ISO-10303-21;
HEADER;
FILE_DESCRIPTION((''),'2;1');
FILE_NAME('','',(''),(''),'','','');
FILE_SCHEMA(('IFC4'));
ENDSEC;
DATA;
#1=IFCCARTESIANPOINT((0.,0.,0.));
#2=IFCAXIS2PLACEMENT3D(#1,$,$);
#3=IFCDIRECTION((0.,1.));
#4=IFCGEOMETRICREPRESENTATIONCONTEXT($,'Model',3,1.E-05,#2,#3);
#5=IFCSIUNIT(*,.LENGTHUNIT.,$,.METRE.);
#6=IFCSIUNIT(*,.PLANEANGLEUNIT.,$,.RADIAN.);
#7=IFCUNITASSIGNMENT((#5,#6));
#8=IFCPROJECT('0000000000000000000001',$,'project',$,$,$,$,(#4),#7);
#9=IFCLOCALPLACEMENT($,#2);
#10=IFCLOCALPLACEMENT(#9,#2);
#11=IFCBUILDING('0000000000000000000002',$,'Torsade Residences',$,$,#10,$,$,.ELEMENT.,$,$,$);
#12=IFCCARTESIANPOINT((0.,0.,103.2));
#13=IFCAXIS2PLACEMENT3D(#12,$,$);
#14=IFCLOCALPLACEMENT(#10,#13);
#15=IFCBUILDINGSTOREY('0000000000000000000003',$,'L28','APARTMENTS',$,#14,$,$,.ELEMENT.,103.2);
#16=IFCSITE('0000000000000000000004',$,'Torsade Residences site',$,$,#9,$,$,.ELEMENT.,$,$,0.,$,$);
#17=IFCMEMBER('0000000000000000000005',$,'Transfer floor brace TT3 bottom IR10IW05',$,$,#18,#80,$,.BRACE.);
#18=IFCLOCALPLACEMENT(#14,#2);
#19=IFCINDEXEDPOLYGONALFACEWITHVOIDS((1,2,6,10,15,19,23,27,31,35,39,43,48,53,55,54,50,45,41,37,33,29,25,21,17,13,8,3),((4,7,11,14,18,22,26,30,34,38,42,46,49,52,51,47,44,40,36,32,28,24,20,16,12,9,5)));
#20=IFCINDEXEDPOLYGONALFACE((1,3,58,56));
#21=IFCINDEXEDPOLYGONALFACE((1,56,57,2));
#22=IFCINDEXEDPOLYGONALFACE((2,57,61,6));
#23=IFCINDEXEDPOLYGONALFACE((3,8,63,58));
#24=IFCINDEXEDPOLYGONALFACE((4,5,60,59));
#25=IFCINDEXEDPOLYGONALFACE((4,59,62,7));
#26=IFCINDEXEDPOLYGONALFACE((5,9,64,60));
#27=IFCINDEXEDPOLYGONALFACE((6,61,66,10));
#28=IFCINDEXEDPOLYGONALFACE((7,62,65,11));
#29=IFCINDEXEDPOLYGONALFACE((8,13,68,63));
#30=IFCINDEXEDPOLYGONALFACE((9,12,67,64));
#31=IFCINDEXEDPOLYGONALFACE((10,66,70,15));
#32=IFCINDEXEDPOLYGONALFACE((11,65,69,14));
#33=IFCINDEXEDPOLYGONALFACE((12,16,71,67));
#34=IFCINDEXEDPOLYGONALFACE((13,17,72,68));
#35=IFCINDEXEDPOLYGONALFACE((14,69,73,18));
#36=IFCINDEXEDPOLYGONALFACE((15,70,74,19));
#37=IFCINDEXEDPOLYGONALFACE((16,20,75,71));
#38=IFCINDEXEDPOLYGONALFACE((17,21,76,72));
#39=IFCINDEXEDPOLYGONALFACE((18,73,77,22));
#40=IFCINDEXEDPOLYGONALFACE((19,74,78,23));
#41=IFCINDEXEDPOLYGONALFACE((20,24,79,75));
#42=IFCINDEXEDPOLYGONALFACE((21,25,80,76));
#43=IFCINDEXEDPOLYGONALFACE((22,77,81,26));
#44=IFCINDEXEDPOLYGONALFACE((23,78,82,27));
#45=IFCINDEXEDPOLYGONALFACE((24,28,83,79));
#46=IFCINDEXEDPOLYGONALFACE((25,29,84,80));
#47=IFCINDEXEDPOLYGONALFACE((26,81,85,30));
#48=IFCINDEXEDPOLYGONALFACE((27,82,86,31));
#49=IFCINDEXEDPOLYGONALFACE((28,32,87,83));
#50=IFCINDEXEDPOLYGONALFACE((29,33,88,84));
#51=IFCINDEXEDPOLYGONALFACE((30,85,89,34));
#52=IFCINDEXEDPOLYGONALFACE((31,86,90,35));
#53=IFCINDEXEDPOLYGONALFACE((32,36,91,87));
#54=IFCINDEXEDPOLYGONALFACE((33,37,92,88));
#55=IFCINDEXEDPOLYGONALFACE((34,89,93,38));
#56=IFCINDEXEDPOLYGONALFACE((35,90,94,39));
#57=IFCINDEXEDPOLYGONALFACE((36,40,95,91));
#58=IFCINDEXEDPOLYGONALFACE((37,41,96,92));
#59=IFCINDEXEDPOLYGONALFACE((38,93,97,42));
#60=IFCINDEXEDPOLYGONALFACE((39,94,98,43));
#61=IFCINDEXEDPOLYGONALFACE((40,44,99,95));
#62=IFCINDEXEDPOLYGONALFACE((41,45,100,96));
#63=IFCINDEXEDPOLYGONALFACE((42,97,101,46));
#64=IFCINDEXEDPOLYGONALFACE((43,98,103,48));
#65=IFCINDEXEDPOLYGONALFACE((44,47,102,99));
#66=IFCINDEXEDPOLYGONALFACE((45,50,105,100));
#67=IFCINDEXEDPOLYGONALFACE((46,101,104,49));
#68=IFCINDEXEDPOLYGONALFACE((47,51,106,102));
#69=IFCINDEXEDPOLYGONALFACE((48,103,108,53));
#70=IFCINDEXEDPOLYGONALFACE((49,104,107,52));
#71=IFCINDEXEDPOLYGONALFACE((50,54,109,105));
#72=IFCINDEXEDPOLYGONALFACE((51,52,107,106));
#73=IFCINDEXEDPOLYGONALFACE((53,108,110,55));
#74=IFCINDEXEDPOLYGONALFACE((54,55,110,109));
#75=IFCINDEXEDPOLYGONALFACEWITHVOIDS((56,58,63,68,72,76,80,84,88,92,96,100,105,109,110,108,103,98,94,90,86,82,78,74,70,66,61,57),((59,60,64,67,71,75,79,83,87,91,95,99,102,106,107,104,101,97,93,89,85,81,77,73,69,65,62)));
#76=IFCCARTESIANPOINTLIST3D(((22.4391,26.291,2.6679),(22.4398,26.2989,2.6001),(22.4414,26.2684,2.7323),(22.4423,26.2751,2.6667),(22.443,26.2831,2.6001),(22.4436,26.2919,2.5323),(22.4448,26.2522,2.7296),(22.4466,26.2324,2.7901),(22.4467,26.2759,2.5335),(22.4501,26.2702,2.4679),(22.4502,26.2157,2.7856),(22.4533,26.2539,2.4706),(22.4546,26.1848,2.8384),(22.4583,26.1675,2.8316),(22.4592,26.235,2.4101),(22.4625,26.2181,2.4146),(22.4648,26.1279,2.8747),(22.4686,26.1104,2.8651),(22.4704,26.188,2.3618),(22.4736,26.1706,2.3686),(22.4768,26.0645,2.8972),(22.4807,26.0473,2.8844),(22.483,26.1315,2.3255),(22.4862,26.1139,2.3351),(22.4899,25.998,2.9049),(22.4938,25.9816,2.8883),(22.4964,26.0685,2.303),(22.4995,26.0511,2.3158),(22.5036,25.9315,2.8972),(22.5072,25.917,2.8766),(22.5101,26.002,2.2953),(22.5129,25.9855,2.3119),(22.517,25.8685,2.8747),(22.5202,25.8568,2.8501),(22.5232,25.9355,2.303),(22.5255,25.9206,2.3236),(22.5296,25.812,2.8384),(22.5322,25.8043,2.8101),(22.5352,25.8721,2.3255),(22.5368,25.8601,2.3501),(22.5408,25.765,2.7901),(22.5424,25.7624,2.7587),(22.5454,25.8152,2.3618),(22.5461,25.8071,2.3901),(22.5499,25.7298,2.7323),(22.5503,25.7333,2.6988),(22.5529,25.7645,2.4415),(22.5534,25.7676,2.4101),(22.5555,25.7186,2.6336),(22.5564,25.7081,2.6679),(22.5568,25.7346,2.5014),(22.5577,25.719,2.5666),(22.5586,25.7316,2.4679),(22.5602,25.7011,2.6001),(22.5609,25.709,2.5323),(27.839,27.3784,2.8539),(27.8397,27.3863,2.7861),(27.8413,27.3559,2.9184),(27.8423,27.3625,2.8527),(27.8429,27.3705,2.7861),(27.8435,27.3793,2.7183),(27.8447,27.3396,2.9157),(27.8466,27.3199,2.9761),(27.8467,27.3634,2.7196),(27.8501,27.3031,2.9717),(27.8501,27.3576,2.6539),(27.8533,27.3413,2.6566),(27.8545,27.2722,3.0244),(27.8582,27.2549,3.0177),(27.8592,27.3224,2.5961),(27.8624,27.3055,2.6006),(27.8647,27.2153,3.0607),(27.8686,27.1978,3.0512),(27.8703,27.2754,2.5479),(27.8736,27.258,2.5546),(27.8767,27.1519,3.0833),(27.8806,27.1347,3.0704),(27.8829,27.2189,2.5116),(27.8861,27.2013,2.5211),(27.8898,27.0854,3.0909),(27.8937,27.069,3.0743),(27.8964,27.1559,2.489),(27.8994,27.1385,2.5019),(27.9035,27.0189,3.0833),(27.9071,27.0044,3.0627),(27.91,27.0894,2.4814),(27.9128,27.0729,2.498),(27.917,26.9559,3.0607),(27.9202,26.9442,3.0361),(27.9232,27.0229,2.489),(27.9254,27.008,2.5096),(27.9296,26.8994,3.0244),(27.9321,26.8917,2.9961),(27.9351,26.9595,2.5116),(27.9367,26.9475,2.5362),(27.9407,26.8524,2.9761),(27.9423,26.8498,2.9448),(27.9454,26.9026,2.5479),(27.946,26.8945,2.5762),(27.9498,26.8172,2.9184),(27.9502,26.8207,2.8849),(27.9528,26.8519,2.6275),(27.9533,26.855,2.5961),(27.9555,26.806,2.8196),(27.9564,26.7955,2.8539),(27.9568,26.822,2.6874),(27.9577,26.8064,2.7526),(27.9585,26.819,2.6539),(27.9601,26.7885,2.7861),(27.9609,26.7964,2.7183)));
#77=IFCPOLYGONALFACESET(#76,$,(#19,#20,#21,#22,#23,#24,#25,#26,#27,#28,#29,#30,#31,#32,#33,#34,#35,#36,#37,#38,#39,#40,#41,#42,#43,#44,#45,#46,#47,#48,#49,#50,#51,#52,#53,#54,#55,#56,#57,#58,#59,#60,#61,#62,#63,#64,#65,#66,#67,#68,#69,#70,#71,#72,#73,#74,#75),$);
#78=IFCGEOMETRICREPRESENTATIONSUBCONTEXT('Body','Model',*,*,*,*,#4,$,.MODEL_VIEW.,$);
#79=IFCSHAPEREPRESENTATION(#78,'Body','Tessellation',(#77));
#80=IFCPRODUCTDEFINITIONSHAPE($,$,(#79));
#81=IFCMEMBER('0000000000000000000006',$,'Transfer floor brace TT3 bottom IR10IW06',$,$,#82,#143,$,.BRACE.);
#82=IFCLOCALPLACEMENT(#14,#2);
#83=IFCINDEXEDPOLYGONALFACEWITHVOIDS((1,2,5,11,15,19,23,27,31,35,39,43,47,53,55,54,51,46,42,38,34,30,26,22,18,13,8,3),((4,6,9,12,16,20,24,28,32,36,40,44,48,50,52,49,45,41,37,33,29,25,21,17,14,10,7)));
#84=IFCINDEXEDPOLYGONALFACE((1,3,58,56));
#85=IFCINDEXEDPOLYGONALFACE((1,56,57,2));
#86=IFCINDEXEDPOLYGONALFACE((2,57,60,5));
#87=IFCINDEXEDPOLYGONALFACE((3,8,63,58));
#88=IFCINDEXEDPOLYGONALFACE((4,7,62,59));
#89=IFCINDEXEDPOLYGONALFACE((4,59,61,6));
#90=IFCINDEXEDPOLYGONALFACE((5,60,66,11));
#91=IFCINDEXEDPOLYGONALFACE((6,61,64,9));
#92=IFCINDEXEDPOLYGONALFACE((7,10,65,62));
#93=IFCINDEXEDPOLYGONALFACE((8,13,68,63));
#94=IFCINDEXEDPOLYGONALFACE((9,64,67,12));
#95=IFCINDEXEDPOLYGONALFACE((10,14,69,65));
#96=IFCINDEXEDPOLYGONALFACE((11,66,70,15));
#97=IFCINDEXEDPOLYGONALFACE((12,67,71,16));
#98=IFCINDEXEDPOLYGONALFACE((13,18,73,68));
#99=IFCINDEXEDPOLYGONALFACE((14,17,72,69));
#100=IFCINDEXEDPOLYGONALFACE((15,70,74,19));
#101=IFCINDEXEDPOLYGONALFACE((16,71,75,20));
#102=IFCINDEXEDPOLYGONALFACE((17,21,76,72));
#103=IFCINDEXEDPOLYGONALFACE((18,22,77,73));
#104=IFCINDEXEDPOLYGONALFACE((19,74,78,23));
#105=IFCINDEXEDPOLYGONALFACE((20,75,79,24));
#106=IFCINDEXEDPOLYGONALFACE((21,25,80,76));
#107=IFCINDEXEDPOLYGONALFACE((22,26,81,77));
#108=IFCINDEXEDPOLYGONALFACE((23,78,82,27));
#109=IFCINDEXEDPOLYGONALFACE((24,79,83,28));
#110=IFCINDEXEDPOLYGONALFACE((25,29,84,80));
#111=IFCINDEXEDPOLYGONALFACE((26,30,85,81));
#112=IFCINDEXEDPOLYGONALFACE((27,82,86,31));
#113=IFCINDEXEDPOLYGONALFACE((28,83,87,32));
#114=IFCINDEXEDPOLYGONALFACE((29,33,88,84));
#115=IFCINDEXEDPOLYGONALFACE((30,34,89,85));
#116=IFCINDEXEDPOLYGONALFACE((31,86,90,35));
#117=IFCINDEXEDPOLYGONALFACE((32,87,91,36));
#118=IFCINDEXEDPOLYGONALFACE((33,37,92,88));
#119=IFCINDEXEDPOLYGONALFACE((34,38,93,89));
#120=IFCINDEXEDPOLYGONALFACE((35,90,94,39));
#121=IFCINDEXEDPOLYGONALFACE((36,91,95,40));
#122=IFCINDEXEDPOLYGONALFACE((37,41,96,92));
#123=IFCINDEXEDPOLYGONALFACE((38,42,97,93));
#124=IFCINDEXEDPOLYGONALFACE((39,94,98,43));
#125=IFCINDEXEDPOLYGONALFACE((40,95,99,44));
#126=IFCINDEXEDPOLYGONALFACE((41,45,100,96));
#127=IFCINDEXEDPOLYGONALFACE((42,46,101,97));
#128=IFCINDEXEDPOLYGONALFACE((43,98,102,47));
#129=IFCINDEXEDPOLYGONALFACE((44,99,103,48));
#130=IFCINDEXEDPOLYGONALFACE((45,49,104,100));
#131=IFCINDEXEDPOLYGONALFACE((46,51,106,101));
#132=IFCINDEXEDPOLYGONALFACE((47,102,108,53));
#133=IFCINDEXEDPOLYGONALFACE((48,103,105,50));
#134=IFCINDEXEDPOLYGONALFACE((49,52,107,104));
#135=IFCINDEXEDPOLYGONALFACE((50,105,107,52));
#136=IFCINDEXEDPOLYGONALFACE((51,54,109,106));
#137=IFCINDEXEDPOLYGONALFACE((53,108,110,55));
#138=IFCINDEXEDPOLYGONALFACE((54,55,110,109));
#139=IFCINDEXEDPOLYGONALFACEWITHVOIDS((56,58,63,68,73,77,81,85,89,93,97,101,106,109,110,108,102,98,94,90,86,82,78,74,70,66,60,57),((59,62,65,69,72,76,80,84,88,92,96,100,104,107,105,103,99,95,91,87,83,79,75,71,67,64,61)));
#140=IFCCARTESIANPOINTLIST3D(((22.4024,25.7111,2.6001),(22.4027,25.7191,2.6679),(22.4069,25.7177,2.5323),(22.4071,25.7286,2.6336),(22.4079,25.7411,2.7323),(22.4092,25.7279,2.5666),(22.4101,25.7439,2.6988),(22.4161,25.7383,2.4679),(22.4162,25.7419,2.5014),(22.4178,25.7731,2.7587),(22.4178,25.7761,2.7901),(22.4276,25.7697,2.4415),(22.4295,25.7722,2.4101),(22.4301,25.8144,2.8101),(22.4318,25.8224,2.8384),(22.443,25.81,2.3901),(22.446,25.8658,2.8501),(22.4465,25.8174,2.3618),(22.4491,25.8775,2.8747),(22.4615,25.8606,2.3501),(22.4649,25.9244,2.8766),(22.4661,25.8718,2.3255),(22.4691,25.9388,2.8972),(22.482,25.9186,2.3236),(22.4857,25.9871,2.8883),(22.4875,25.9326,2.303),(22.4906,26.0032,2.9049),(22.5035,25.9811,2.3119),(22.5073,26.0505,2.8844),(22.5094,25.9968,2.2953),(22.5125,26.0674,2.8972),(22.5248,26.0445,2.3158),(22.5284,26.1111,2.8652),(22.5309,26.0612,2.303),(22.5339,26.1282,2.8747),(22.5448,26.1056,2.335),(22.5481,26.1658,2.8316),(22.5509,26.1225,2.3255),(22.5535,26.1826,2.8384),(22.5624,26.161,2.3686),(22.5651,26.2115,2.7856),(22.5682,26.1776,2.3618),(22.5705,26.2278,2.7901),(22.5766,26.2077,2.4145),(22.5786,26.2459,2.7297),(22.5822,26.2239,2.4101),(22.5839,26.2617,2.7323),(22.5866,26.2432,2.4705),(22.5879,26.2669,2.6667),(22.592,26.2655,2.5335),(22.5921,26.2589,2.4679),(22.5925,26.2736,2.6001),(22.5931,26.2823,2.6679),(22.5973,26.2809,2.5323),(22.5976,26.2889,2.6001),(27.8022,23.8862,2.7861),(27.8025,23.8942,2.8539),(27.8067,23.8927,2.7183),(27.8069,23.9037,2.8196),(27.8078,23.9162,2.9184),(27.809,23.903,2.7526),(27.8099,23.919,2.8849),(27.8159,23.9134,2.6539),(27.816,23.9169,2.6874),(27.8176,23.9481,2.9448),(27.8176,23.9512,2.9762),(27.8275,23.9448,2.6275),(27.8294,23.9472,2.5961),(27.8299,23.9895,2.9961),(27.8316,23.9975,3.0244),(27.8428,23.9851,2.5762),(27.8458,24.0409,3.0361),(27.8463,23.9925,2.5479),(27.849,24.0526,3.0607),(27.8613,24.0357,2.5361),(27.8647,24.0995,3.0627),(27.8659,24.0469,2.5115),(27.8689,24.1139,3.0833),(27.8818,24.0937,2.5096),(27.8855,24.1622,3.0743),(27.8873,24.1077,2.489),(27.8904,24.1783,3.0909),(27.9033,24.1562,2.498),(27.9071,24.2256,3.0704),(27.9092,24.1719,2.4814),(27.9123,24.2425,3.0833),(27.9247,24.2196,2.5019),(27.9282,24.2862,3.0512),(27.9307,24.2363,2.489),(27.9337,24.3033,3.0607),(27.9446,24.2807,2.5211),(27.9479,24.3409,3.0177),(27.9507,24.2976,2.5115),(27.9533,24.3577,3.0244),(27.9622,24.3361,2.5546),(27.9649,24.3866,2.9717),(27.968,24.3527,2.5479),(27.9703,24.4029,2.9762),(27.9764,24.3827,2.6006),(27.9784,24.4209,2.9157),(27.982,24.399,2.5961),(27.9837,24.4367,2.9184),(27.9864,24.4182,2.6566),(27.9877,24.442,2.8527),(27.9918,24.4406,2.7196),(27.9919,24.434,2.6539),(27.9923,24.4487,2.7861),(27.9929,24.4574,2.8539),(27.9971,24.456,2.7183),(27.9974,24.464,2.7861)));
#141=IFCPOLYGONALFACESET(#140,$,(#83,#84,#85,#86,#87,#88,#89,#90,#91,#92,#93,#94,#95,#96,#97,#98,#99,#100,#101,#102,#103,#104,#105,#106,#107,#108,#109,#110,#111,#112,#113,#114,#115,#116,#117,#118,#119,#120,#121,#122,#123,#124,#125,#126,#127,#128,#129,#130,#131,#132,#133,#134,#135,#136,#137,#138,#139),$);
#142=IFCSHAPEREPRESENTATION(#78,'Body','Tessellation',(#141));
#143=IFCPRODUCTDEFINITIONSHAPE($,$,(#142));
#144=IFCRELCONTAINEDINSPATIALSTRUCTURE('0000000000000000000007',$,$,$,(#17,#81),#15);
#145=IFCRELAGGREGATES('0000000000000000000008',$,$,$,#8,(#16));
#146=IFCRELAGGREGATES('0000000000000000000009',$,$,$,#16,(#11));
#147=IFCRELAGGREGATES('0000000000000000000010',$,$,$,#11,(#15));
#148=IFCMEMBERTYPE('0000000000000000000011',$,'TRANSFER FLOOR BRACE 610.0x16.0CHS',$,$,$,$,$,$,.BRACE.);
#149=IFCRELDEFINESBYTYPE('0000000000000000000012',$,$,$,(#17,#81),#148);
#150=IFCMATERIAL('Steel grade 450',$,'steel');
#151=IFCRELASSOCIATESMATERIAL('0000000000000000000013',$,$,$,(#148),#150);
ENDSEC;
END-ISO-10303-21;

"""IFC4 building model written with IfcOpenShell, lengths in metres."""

from ifc_helpers import new_model, si_unit, direction, frame, origin, origin_2d, place, context, subcontext, project, spatial, hollow_circle, extrude, material, material_profile, profile_set, type_object, element, save


model = new_model("IFC4")

# Units and contexts
model_context = context("Model", 3, precision=1e-05, world=origin(), true_north=direction((0.0, 1.0)))
body_context = subcontext(model_context, "Body", "Model", "MODEL_VIEW")
ifc_project = project(units=[si_unit("LENGTHUNIT", "METRE"), si_unit("PLANEANGLEUNIT", "RADIAN")], contexts=[model_context])

# Site, building, storey
site_placement = place(None, origin())
site = spatial("IfcSite", under=ifc_project, at=site_placement, Name="Torsade Residences site", CompositionType="ELEMENT", RefElevation=0.0)
building_placement = place(site_placement, origin())
building = spatial("IfcBuilding", under=site, at=building_placement, Name="Torsade Residences", CompositionType="ELEMENT")
storey_placement = place(building_placement, frame((0.0, 0.0, 103.2)))
storey = spatial("IfcBuildingStorey", under=building, at=storey_placement, Name="L28", Description="APARTMENTS", CompositionType="ELEMENT", Elevation=103.2)

# Members
ifc_material_1 = material(Name="Steel grade 450", Category="steel")
ifc_material_profile_1 = material_profile(ifc_material_1, hollow_circle(Radius=0.3049, WallThickness=0.0161, at=origin_2d()), Name="610.0x16.0CHS")
ifc_profile_set_1 = profile_set([ifc_material_profile_1], Name="Steel grade 450")
member_type_1 = type_object("IfcMemberType", Name="TRANSFER FLOOR BRACE 610.0x16.0CHS", PredefinedType="BRACE", material=ifc_profile_set_1)
member_1_placement = place(storey_placement, frame((22.5, 26.0, 2.6001), z_axis=(0.979762, 0.197299, 0.033754), x_axis=(-0.197412, 0.980321, 0.0)))
element("IfcMember", 1, at=member_1_placement, inside=storey, type_object=member_type_1, Name="Transfer floor brace TT3 bottom IR10IW05", PredefinedType="BRACE", context=body_context, shape_type="SweptSolid", body=[
    extrude(hollow_circle(Radius=0.3049, WallThickness=0.0161, at=origin_2d()), origin(), (0.0, 0.0, 1.0), 5.5115),
])
member_2_placement = place(storey_placement, frame((22.5, 26.0, 2.6001), z_axis=(0.946856, -0.319999, 0.032621), x_axis=(0.32017, 0.94736, 0.0)))
element("IfcMember", 2, at=member_2_placement, inside=storey, type_object=member_type_1, Name="Transfer floor brace TT3 bottom IR10IW06", PredefinedType="BRACE", context=body_context, shape_type="SweptSolid", body=[
    extrude(hollow_circle(Radius=0.3049, WallThickness=0.0161, at=origin_2d()), origin(), (0.0, 0.0, 1.0), 5.7029),
])

save(model, "model.ifc")
